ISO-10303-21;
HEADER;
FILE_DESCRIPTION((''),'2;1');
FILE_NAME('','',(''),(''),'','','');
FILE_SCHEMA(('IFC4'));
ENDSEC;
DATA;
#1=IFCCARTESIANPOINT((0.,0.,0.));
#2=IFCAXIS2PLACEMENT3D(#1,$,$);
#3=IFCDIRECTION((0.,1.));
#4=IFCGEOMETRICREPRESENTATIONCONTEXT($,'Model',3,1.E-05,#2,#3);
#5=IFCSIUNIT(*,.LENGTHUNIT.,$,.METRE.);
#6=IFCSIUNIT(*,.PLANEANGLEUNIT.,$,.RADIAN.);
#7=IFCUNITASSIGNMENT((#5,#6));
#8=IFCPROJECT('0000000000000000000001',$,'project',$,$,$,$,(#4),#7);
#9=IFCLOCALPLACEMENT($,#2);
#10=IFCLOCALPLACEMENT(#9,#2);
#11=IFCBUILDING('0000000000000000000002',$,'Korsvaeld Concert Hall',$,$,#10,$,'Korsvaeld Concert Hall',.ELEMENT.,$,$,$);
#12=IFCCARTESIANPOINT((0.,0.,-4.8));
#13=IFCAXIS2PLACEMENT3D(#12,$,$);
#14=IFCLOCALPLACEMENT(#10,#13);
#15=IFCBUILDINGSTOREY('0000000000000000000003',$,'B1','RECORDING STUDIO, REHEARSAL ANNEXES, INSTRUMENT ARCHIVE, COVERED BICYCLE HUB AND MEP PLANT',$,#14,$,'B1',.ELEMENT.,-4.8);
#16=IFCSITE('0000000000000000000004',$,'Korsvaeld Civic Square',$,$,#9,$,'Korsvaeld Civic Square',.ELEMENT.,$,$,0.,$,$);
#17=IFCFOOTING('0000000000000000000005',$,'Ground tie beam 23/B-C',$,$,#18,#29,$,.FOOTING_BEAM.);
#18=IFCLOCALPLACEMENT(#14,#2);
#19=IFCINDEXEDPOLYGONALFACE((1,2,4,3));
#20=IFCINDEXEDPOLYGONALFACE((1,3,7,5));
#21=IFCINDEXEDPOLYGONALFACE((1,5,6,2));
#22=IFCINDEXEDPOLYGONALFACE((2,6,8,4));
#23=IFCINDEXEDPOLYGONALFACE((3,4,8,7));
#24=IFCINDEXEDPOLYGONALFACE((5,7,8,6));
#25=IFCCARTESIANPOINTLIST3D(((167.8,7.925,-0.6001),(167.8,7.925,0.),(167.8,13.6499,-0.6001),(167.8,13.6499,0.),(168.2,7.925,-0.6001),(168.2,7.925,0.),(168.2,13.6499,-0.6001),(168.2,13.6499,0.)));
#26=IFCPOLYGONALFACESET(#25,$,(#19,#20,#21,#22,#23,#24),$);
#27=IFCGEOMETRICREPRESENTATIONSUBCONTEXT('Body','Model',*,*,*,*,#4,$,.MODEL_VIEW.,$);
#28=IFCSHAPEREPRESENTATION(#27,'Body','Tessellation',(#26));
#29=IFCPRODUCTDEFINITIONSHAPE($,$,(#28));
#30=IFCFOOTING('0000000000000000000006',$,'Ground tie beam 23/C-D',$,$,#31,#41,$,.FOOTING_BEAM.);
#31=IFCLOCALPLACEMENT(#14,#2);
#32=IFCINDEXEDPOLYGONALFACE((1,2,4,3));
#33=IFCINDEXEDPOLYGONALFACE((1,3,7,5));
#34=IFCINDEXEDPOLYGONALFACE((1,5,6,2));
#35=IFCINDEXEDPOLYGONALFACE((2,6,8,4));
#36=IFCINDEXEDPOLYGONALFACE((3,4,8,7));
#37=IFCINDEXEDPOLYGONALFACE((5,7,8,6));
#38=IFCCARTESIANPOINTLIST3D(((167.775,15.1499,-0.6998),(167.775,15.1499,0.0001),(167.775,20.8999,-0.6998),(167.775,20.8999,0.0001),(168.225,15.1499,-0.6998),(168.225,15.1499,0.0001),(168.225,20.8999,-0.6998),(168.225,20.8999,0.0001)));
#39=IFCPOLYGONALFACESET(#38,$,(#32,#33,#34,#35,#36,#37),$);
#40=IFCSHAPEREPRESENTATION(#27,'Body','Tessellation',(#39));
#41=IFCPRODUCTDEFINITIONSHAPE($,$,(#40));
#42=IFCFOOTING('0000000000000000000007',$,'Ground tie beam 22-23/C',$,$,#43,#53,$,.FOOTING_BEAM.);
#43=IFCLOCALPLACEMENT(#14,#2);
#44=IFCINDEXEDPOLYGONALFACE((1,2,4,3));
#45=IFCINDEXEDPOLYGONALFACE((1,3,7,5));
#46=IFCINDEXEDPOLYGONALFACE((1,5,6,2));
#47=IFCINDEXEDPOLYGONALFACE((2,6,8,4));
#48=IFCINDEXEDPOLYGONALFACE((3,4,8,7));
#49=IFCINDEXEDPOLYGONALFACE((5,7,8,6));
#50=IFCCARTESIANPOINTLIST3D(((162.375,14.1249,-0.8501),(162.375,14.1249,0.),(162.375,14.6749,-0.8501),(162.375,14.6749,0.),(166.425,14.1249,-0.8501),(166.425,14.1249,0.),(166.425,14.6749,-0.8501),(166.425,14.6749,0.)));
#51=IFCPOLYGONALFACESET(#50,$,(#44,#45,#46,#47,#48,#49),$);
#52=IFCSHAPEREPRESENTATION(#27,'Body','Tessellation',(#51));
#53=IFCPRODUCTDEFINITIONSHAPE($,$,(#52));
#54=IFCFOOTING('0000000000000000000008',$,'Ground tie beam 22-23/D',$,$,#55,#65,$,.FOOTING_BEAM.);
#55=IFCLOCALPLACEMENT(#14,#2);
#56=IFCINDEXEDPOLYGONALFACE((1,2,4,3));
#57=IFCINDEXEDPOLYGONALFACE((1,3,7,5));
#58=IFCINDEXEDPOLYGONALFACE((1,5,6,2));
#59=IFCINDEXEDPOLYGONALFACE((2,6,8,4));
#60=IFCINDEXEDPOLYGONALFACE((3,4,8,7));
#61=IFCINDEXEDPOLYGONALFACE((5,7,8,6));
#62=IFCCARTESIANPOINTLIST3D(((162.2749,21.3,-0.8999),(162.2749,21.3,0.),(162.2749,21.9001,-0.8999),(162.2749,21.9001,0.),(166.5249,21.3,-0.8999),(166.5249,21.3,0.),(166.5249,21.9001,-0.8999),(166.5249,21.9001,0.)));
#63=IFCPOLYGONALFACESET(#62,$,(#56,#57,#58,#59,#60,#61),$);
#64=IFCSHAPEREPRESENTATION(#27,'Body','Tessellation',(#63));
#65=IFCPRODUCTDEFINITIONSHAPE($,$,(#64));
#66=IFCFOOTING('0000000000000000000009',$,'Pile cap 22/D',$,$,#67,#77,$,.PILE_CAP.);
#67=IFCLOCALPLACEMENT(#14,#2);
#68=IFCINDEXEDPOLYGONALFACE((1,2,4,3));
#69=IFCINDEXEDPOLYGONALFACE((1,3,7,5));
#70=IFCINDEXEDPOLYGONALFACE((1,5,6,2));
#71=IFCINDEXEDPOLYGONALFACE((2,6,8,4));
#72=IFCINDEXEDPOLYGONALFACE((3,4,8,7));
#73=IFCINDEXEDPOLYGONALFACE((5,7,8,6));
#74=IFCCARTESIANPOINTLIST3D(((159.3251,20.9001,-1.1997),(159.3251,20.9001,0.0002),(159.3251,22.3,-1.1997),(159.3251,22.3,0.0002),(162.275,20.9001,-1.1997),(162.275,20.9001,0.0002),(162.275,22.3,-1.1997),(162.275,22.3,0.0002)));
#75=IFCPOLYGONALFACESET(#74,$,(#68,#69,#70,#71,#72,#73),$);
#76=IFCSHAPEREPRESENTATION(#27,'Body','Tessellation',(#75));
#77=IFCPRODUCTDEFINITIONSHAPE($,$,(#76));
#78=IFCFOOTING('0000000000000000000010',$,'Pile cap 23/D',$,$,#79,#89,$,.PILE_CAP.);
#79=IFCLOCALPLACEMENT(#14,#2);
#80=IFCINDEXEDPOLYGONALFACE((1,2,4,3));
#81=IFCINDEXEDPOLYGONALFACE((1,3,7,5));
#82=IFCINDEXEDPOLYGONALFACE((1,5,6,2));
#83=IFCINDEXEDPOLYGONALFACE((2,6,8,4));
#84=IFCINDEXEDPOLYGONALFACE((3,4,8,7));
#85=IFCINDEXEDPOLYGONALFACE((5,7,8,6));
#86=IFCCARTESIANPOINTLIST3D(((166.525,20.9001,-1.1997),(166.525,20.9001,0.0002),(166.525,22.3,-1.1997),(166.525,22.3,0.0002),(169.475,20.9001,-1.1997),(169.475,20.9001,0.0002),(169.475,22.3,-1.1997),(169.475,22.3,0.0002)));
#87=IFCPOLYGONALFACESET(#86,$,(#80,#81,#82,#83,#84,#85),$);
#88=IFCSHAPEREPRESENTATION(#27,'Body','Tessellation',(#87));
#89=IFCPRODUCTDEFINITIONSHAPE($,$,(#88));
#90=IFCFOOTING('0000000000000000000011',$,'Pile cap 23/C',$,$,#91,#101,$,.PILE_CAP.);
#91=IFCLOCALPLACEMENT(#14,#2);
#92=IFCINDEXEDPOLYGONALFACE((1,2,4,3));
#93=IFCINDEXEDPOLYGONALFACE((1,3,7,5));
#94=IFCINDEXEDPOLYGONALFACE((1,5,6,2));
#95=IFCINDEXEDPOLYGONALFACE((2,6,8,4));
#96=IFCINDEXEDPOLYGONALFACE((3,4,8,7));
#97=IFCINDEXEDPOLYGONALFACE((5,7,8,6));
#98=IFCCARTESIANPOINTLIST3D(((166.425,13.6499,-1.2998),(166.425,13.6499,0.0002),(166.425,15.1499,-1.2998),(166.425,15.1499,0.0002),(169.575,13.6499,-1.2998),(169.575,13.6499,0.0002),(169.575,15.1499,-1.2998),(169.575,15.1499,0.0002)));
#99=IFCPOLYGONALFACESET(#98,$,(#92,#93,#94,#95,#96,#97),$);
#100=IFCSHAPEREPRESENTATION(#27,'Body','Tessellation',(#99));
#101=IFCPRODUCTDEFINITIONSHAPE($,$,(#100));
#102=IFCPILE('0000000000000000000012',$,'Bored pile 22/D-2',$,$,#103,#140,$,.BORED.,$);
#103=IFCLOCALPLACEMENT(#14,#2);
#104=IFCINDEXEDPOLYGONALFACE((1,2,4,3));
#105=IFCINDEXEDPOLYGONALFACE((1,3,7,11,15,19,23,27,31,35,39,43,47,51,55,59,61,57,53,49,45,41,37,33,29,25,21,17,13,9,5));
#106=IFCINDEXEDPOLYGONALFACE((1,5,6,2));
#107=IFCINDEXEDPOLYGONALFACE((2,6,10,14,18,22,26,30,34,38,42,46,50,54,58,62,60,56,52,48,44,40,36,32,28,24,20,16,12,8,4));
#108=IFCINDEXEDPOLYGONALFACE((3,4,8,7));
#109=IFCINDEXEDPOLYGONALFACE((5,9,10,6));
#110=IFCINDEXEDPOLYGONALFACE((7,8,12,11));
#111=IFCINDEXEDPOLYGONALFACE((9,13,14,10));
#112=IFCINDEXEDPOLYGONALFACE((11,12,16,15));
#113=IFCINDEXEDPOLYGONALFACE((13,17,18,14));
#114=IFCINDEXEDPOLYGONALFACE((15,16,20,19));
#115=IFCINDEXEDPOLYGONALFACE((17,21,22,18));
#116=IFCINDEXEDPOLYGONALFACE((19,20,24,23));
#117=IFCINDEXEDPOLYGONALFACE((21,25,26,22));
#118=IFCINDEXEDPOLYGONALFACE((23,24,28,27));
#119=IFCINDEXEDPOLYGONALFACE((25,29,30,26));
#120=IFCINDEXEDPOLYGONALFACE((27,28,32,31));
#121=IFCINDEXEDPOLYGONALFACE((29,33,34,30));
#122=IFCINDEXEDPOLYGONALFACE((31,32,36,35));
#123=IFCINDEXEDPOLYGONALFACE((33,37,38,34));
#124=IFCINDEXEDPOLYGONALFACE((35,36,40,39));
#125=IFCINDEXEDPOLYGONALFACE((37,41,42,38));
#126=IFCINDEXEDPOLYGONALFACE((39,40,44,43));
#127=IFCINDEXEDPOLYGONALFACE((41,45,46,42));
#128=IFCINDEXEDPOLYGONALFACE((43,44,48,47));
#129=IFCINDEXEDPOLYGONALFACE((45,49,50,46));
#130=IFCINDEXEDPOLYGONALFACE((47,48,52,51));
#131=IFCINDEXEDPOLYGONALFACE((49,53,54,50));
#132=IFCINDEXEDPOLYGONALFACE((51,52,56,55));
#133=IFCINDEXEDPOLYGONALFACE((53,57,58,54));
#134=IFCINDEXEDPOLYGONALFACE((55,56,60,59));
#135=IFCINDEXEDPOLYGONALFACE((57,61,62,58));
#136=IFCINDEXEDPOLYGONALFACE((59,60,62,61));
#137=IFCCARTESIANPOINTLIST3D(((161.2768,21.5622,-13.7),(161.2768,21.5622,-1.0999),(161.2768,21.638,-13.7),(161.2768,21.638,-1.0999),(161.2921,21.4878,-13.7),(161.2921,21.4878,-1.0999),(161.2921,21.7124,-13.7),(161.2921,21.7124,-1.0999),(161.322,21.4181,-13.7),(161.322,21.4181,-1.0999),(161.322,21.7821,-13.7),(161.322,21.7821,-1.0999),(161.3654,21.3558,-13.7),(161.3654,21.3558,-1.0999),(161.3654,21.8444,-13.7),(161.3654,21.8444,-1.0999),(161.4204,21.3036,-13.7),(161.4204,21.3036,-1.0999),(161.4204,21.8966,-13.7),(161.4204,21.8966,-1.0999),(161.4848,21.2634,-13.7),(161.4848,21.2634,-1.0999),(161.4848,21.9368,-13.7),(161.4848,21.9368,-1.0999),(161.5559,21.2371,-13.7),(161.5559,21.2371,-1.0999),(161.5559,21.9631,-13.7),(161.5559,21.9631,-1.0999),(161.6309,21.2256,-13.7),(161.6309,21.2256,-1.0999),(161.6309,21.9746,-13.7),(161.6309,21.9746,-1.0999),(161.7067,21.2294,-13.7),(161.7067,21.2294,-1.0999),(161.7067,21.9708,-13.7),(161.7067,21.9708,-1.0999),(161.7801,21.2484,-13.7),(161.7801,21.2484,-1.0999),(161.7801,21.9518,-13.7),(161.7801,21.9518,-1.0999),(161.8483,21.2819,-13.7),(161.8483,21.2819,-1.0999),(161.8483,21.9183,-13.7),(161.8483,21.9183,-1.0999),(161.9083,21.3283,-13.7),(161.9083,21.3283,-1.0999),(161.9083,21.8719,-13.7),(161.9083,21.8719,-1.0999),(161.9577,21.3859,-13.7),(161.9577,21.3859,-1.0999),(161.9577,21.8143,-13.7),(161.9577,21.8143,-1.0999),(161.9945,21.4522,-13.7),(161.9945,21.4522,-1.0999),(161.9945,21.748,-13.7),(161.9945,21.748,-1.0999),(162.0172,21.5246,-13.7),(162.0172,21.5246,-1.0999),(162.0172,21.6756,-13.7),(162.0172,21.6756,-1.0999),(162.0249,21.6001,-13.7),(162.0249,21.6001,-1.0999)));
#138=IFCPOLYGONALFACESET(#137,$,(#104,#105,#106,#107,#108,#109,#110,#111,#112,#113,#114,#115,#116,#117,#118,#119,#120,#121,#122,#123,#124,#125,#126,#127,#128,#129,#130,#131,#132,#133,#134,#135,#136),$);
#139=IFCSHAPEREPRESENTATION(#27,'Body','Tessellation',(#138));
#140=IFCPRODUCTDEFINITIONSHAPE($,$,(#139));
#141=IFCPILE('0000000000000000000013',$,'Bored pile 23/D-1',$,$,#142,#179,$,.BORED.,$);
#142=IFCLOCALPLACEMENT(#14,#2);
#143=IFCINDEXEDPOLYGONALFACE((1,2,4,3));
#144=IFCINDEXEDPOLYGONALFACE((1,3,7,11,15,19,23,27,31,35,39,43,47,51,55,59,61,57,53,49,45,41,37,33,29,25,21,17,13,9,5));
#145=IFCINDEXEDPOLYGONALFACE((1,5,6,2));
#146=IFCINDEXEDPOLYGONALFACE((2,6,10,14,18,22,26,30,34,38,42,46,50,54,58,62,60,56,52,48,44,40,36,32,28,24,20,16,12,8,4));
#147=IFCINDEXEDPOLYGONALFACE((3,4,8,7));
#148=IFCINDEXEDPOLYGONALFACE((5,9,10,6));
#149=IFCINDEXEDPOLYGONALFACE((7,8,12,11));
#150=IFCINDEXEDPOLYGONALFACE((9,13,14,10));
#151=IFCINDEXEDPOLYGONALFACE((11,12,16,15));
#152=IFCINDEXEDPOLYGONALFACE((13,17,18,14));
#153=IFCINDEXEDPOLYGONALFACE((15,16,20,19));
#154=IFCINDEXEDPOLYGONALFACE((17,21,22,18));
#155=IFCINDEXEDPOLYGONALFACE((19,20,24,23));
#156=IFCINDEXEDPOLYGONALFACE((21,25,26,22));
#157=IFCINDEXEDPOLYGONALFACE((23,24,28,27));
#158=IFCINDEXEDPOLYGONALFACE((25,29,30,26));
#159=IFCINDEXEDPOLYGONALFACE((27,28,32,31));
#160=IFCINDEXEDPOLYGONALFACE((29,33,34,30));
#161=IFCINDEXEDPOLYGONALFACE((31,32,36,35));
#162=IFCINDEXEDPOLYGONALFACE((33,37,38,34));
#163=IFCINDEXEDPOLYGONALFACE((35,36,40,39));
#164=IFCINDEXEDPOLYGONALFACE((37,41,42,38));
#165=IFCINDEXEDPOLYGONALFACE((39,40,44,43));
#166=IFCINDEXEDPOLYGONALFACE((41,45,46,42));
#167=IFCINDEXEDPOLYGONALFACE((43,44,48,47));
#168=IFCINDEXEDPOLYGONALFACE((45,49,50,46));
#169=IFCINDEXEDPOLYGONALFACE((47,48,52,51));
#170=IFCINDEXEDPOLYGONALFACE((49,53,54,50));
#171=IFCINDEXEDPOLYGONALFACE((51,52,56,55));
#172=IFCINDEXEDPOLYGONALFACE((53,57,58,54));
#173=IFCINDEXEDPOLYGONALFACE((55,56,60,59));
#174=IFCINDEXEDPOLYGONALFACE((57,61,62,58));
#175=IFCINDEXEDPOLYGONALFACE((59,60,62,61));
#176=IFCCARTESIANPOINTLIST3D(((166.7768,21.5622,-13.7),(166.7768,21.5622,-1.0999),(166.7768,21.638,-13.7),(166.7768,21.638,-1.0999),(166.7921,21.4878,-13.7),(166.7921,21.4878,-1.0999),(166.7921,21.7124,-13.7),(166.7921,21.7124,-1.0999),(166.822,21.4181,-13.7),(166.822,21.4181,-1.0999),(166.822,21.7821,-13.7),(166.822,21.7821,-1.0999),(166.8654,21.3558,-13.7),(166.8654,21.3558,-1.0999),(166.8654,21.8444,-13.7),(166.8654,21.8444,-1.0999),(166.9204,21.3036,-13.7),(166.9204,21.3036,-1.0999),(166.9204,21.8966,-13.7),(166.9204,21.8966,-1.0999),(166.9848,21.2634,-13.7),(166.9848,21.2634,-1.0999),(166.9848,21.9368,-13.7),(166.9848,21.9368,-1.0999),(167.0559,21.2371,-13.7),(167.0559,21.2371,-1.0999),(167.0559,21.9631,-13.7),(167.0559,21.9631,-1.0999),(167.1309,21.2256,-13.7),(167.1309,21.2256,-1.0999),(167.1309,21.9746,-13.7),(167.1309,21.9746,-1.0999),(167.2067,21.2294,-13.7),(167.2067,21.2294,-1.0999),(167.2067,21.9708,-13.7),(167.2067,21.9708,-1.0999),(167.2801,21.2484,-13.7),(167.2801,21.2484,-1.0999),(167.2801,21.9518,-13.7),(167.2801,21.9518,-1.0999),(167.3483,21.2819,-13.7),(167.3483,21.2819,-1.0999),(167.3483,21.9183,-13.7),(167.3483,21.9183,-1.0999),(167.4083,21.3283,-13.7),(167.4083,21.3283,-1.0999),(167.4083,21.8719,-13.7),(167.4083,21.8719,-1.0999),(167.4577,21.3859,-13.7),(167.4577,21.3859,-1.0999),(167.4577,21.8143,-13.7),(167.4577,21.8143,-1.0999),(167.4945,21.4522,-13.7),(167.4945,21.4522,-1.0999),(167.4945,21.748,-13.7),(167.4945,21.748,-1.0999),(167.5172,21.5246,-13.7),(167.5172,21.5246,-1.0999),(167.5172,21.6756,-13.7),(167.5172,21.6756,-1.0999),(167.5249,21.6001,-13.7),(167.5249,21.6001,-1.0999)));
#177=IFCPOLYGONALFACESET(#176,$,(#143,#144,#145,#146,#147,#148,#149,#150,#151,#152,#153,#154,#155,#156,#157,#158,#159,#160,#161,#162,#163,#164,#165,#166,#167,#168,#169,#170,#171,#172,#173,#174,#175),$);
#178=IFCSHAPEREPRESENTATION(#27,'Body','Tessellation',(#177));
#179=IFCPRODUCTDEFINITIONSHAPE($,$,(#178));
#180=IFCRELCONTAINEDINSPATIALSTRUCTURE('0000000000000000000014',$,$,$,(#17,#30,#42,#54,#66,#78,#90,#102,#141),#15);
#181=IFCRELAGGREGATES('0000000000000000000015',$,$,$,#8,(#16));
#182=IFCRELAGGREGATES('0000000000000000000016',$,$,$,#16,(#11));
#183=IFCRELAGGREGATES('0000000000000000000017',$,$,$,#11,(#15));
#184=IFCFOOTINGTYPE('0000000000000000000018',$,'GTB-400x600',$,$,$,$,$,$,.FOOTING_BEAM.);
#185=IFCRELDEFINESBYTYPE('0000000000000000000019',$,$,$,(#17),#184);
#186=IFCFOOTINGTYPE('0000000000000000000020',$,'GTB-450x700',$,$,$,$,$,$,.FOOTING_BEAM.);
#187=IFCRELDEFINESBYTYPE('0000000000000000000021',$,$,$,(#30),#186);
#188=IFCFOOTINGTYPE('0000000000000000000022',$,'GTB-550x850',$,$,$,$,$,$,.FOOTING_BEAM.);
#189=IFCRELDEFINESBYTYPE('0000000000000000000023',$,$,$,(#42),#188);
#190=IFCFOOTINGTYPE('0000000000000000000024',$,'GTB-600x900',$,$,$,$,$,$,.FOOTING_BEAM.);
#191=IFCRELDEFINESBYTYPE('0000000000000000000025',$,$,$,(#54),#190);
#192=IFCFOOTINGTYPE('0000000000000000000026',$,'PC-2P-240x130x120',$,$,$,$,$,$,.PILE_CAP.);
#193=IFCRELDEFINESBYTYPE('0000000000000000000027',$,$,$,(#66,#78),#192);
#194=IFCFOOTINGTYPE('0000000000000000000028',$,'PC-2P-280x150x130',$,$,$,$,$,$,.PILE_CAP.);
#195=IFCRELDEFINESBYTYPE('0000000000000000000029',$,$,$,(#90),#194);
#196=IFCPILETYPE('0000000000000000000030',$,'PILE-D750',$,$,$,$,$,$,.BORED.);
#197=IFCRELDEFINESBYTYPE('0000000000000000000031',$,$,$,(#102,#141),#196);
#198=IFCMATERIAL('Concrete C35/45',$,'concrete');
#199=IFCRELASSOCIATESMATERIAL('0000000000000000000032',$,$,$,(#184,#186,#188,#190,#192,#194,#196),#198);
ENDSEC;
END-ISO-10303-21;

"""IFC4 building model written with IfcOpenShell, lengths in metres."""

from ifc_helpers import new_model, si_unit, direction, frame, origin, origin_2d, place, context, subcontext, project, spatial, rectangle, circle, extrude, material, material_profile, profile_set, type_object, element, save


model = new_model("IFC4")

# Units and contexts
model_context = context("Model", 3, precision=1e-05, world=origin(), true_north=direction((0.0, 1.0)))
body_context = subcontext(model_context, "Body", "Model", "MODEL_VIEW")
ifc_project = project(units=[si_unit("LENGTHUNIT", "METRE"), si_unit("PLANEANGLEUNIT", "RADIAN")], contexts=[model_context])

# Site, building, storey
site_placement = place(None, origin())
site = spatial("IfcSite", under=ifc_project, at=site_placement, Name="Korsvaeld Civic Square", LongName="Korsvaeld Civic Square", CompositionType="ELEMENT", RefElevation=0.0)
building_placement = place(site_placement, origin())
building = spatial("IfcBuilding", under=site, at=building_placement, Name="Korsvaeld Concert Hall", LongName="Korsvaeld Concert Hall", CompositionType="ELEMENT")
storey_placement = place(building_placement, frame((0.0, 0.0, -4.8)))
storey = spatial("IfcBuildingStorey", under=building, at=storey_placement, Name="B1", Description="RECORDING STUDIO, REHEARSAL ANNEXES, INSTRUMENT ARCHIVE, COVERED BICYCLE HUB AND MEP PLANT", LongName="B1", CompositionType="ELEMENT", Elevation=-4.8)

# Footings
ifc_material_1 = material(Name="Concrete C35/45", Category="concrete")
ifc_material_profile_1 = material_profile(ifc_material_1, rectangle(XDim=0.3999, YDim=0.6001, at=origin_2d()), Name="GTB 400x600")
ifc_profile_set_1 = profile_set([ifc_material_profile_1], Name="Concrete C35/45")
footing_type_1 = type_object("IfcFootingType", Name="GTB-400x600", PredefinedType="FOOTING_BEAM", material=ifc_profile_set_1)
footing_1_placement = place(storey_placement, frame((168.0, 7.925, -0.3), z_axis=(0.0, 1.0, 0.0), x_axis=(-1.0, 0.0, 0.0)))
element("IfcFooting", 1, at=footing_1_placement, inside=storey, type_object=footing_type_1, Name="Ground tie beam 23/B-C", PredefinedType="FOOTING_BEAM", context=body_context, shape_type="SweptSolid", body=[
    extrude(rectangle(XDim=0.3999, YDim=0.6001, at=origin_2d()), origin(), (0.0, 0.0, 1.0), 5.7249),
])
ifc_material_profile_2 = material_profile(ifc_material_1, rectangle(XDim=0.45, YDim=0.7, at=origin_2d()), Name="GTB 450x700")
ifc_profile_set_2 = profile_set([ifc_material_profile_2], Name="Concrete C35/45")
footing_type_2 = type_object("IfcFootingType", Name="GTB-450x700", PredefinedType="FOOTING_BEAM", material=ifc_profile_set_2)
footing_2_placement = place(storey_placement, frame((168.0, 15.1499, -0.3499), z_axis=(0.0, 1.0, 0.0), x_axis=(-1.0, 0.0, 0.0)))
element("IfcFooting", 2, at=footing_2_placement, inside=storey, type_object=footing_type_2, Name="Ground tie beam 23/C-D", PredefinedType="FOOTING_BEAM", context=body_context, shape_type="SweptSolid", body=[
    extrude(rectangle(XDim=0.45, YDim=0.7, at=origin_2d()), origin(), (0.0, 0.0, 1.0), 5.75),
])
ifc_material_profile_3 = material_profile(ifc_material_1, rectangle(XDim=0.55, YDim=0.8501, at=origin_2d()), Name="GTB 550x850")
ifc_profile_set_3 = profile_set([ifc_material_profile_3], Name="Concrete C35/45")
footing_type_3 = type_object("IfcFootingType", Name="GTB-550x850", PredefinedType="FOOTING_BEAM", material=ifc_profile_set_3)
footing_3_placement = place(storey_placement, frame((162.375, 14.3999, -0.425), z_axis=(1.0, 0.0, 0.0), x_axis=(0.0, 1.0, 0.0)))
element("IfcFooting", 3, at=footing_3_placement, inside=storey, type_object=footing_type_3, Name="Ground tie beam 22-23/C", PredefinedType="FOOTING_BEAM", context=body_context, shape_type="SweptSolid", body=[
    extrude(rectangle(XDim=0.55, YDim=0.8501, at=origin_2d()), origin(), (0.0, 0.0, 1.0), 4.05),
])
ifc_material_profile_4 = material_profile(ifc_material_1, rectangle(XDim=0.6001, YDim=0.8999, at=origin_2d()), Name="GTB 600x900")
ifc_profile_set_4 = profile_set([ifc_material_profile_4], Name="Concrete C35/45")
footing_type_4 = type_object("IfcFootingType", Name="GTB-600x900", PredefinedType="FOOTING_BEAM", material=ifc_profile_set_4)
footing_4_placement = place(storey_placement, frame((162.2749, 21.6001, -0.45), z_axis=(1.0, 0.0, 0.0), x_axis=(0.0, 1.0, 0.0)))
element("IfcFooting", 4, at=footing_4_placement, inside=storey, type_object=footing_type_4, Name="Ground tie beam 22-23/D", PredefinedType="FOOTING_BEAM", context=body_context, shape_type="SweptSolid", body=[
    extrude(rectangle(XDim=0.6001, YDim=0.8999, at=origin_2d()), origin(), (0.0, 0.0, 1.0), 4.25),
])
footing_type_5 = type_object("IfcFootingType", Name="PC-2P-240x130x120", PredefinedType="PILE_CAP", material=ifc_material_1)
for number, where, z_axis, x_axis, name in (
    (5, (160.8, 21.6001, -1.1997), (0.0, 0.0, 1.0), (1.0, 0.0, 0.0), "Pile cap 22/D"),
    (6, (168.0, 21.6001, -1.1997), (0.0, 0.0, 1.0), (1.0, 0.0, 0.0), "Pile cap 23/D"),
):
    element("IfcFooting", number, at=place(storey_placement, frame(where, z_axis=z_axis, x_axis=x_axis)), inside=storey, type_object=footing_type_5, Name=name, PredefinedType="PILE_CAP", context=body_context, shape_type="SweptSolid", body=[
        extrude(rectangle(XDim=2.95, YDim=1.3999, at=origin_2d()), origin(), (0.0, 0.0, 1.0), 1.2),
    ])
footing_type_6 = type_object("IfcFootingType", Name="PC-2P-280x150x130", PredefinedType="PILE_CAP", material=ifc_material_1)
footing_5_placement = place(storey_placement, frame((168.0, 14.3999, -1.2998), z_axis=(0.0, 0.0, 1.0), x_axis=(1.0, 0.0, 0.0)))
element("IfcFooting", 7, at=footing_5_placement, inside=storey, type_object=footing_type_6, Name="Pile cap 23/C", PredefinedType="PILE_CAP", context=body_context, shape_type="SweptSolid", body=[
    extrude(rectangle(XDim=3.1499, YDim=1.5, at=origin_2d()), origin(), (0.0, 0.0, 1.0), 1.3),
])

# Piles
ifc_material_profile_5 = material_profile(ifc_material_1, circle(Radius=0.375, at=origin_2d()), Name="BORED PILE D750")
ifc_profile_set_5 = profile_set([ifc_material_profile_5], Name="Concrete C35/45")
pile_type_1 = type_object("IfcPileType", Name="PILE-D750", PredefinedType="BORED", material=ifc_profile_set_5)
for number, where, z_axis, x_axis, name in (
    (8, (161.6499, 21.6001, -1.0999), (0.0, 0.0, -1.0), (1.0, 0.0, 0.0), "Bored pile 22/D-2"),
    (9, (167.1499, 21.6001, -1.0999), (0.0, 0.0, -1.0), (1.0, 0.0, 0.0), "Bored pile 23/D-1"),
):
    element("IfcPile", number, at=place(storey_placement, frame(where, z_axis=z_axis, x_axis=x_axis)), inside=storey, type_object=pile_type_1, Name=name, PredefinedType="BORED", context=body_context, shape_type="SweptSolid", body=[
        extrude(circle(Radius=0.375, at=origin_2d()), origin(), (0.0, 0.0, 1.0), 12.6001),
    ])

save(model, "model.ifc")
